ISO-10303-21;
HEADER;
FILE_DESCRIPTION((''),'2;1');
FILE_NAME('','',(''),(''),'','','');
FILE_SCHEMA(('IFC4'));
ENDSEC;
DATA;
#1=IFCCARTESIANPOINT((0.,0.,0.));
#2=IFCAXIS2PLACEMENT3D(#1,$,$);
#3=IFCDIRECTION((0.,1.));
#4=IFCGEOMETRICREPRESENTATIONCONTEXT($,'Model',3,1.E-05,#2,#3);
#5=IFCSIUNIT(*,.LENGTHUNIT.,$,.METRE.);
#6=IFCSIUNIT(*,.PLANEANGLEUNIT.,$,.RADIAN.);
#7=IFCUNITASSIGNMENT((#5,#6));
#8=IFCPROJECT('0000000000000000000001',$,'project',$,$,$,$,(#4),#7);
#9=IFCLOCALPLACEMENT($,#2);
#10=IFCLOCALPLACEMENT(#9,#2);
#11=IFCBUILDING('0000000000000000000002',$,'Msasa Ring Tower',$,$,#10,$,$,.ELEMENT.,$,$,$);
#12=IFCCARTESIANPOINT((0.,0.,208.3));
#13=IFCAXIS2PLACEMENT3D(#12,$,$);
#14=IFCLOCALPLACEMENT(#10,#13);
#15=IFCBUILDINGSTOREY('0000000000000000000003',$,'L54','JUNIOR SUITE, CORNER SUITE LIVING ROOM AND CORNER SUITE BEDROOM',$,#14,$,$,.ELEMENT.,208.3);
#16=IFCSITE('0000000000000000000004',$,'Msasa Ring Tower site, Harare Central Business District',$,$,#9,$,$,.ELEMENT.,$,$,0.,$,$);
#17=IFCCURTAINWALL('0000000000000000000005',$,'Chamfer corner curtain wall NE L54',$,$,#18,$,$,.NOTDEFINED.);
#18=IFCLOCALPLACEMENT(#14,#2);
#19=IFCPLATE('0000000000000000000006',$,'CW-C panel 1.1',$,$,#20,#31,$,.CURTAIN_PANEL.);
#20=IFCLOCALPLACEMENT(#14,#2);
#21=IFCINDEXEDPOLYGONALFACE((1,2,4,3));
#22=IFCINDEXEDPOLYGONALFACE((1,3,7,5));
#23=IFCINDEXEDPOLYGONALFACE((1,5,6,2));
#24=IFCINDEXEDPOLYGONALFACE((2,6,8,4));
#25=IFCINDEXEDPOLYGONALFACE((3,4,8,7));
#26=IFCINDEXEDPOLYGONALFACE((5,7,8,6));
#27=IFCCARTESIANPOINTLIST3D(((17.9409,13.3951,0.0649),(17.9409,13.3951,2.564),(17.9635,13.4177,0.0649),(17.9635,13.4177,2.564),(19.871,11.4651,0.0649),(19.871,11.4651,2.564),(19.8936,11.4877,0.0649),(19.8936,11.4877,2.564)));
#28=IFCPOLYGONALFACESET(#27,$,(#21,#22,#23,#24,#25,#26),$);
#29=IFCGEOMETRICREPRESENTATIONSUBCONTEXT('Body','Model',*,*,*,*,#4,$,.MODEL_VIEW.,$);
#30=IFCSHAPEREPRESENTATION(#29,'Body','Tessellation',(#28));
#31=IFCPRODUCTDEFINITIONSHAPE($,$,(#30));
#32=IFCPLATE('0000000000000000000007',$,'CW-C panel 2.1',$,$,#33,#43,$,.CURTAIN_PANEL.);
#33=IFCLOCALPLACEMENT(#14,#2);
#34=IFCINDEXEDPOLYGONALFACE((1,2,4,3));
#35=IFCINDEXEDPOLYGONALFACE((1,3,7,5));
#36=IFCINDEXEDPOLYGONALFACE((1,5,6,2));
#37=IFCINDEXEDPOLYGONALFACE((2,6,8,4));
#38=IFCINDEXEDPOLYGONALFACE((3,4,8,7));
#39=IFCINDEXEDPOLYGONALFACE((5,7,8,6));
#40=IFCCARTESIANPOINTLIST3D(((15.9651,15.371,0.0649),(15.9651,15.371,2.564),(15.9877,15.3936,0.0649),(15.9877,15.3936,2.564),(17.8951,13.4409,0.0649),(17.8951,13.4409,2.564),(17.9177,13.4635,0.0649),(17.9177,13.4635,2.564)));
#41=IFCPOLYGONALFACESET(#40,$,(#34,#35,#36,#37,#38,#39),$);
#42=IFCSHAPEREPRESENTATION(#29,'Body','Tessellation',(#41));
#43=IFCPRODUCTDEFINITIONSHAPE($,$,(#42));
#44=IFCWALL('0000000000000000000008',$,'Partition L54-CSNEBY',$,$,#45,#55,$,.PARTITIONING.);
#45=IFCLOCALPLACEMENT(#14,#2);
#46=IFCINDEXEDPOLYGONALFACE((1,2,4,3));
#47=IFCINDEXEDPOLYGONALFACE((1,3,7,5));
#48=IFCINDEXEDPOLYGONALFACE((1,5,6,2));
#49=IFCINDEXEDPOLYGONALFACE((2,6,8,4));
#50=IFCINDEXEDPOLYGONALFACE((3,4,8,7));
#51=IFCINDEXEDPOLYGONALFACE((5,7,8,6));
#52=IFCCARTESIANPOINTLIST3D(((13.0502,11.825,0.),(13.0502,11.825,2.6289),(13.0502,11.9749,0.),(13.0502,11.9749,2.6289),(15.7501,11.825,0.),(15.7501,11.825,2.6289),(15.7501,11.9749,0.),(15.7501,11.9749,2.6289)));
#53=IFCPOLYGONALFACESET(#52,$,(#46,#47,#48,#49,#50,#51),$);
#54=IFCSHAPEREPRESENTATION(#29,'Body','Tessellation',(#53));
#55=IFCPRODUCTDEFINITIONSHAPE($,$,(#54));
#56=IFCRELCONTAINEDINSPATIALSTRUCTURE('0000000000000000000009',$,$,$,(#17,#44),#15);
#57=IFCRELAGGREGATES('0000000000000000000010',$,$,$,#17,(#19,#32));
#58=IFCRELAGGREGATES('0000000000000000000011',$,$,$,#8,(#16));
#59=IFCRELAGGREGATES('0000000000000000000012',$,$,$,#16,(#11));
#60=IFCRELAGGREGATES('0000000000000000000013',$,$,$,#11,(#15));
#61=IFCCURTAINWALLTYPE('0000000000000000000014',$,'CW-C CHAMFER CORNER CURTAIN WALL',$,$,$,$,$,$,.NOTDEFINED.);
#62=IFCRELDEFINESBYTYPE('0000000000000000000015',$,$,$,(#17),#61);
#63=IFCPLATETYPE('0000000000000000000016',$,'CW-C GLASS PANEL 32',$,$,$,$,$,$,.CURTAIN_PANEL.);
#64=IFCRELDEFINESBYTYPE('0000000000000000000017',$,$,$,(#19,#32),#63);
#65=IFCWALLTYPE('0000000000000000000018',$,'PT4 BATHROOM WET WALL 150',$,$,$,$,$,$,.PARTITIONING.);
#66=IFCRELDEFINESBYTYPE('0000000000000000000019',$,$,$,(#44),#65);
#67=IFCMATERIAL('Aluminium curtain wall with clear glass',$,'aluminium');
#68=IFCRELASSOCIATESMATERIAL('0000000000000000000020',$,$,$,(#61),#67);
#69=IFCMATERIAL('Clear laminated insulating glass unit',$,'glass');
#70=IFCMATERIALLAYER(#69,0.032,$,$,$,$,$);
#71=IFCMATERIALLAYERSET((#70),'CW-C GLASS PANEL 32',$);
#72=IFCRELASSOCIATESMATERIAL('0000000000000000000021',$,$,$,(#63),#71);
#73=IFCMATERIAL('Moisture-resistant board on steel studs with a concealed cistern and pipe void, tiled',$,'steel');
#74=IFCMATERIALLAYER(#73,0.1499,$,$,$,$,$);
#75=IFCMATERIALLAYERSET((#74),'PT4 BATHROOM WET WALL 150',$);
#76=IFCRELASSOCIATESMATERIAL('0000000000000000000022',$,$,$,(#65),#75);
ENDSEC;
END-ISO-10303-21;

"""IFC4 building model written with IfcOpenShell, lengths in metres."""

from ifc_helpers import new_model, si_unit, direction, frame, frame_2d, origin, origin_2d, place, context, subcontext, project, spatial, rectangle, extrude, material, layer, layer_set, type_object, element, aggregate, save


model = new_model("IFC4")

# Units and contexts
model_context = context("Model", 3, precision=1e-05, world=origin(), true_north=direction((0.0, 1.0)))
body_context = subcontext(model_context, "Body", "Model", "MODEL_VIEW")
ifc_project = project(units=[si_unit("LENGTHUNIT", "METRE"), si_unit("PLANEANGLEUNIT", "RADIAN")], contexts=[model_context])

# Site, building, storey
site_placement = place(None, origin())
site = spatial("IfcSite", under=ifc_project, at=site_placement, Name="Msasa Ring Tower site, Harare Central Business District", CompositionType="ELEMENT", RefElevation=0.0)
building_placement = place(site_placement, origin())
building = spatial("IfcBuilding", under=site, at=building_placement, Name="Msasa Ring Tower", CompositionType="ELEMENT")
storey_placement = place(building_placement, frame((0.0, 0.0, 208.3)))
storey = spatial("IfcBuildingStorey", under=building, at=storey_placement, Name="L54", Description="JUNIOR SUITE, CORNER SUITE LIVING ROOM AND CORNER SUITE BEDROOM", CompositionType="ELEMENT", Elevation=208.3)

# Curtain wall
ifc_material_1 = material(Name="Aluminium curtain wall with clear glass", Category="aluminium")
curtain_wall_type = type_object("IfcCurtainWallType", Name="CW-C CHAMFER CORNER CURTAIN WALL", PredefinedType="NOTDEFINED", material=ifc_material_1)
curtain_wall_1_placement = place(storey_placement, origin())
curtain_wall_1 = element("IfcCurtainWall", 1, at=curtain_wall_1_placement, inside=storey, type_object=curtain_wall_type, Name="Chamfer corner curtain wall NE L54", PredefinedType="NOTDEFINED")

# Plates
ifc_material_2 = material(Name="Clear laminated insulating glass unit", Category="glass")
ifc_layer_1 = layer(ifc_material_2, 0.032)
ifc_layer_set_1 = layer_set([ifc_layer_1], Name="CW-C GLASS PANEL 32")
plate_type = type_object("IfcPlateType", Name="CW-C GLASS PANEL 32", PredefinedType="CURTAIN_PANEL", material=ifc_layer_set_1)
plate_1_placement = place(storey_placement, frame((18.9172, 12.4414, 0.0649), z_axis=(0.0, 0.0, 1.0), x_axis=(-0.707107, 0.707107, 0.0)))
plate_1 = element("IfcPlate", 2, at=plate_1_placement, type_object=plate_type, Name="CW-C panel 1.1", PredefinedType="CURTAIN_PANEL", context=body_context, shape_type="SweptSolid", body=[
    extrude(rectangle(XDim=2.7295, YDim=0.032, at=origin_2d()), origin(), (0.0, 0.0, 1.0), 2.499),
])
plate_2_placement = place(storey_placement, frame((16.9414, 14.4172, 0.0649), z_axis=(0.0, 0.0, 1.0), x_axis=(-0.707107, 0.707107, 0.0)))
plate_2 = element("IfcPlate", 3, at=plate_2_placement, type_object=plate_type, Name="CW-C panel 2.1", PredefinedType="CURTAIN_PANEL", context=body_context, shape_type="SweptSolid", body=[
    extrude(rectangle(XDim=2.7295, YDim=0.032, at=origin_2d()), origin(), (0.0, 0.0, 1.0), 2.499),
])
aggregate(curtain_wall_1, [plate_1, plate_2])

# Wall
ifc_material_3 = material(Name="Moisture-resistant board on steel studs with a concealed cistern and pipe void, tiled", Category="steel")
ifc_layer_2 = layer(ifc_material_3, 0.1499)
ifc_layer_set_2 = layer_set([ifc_layer_2], Name="PT4 BATHROOM WET WALL 150")
wall_type = type_object("IfcWallType", Name="PT4 BATHROOM WET WALL 150", PredefinedType="PARTITIONING", material=ifc_layer_set_2)
wall_placement = place(storey_placement, frame((13.05, 11.8999, 0.0), z_axis=(0.0, 0.0, 1.0), x_axis=(1.0, 0.0, 0.0)))
element("IfcWall", 4, at=wall_placement, inside=storey, type_object=wall_type, Name="Partition L54-CSNEBY", PredefinedType="PARTITIONING", context=body_context, shape_type="SweptSolid", body=[
    extrude(rectangle(XDim=2.7, YDim=0.1499, at=frame_2d((1.3501, 0.0))), origin(), (0.0, 0.0, 1.0), 2.6289),
])

save(model, "model.ifc")
